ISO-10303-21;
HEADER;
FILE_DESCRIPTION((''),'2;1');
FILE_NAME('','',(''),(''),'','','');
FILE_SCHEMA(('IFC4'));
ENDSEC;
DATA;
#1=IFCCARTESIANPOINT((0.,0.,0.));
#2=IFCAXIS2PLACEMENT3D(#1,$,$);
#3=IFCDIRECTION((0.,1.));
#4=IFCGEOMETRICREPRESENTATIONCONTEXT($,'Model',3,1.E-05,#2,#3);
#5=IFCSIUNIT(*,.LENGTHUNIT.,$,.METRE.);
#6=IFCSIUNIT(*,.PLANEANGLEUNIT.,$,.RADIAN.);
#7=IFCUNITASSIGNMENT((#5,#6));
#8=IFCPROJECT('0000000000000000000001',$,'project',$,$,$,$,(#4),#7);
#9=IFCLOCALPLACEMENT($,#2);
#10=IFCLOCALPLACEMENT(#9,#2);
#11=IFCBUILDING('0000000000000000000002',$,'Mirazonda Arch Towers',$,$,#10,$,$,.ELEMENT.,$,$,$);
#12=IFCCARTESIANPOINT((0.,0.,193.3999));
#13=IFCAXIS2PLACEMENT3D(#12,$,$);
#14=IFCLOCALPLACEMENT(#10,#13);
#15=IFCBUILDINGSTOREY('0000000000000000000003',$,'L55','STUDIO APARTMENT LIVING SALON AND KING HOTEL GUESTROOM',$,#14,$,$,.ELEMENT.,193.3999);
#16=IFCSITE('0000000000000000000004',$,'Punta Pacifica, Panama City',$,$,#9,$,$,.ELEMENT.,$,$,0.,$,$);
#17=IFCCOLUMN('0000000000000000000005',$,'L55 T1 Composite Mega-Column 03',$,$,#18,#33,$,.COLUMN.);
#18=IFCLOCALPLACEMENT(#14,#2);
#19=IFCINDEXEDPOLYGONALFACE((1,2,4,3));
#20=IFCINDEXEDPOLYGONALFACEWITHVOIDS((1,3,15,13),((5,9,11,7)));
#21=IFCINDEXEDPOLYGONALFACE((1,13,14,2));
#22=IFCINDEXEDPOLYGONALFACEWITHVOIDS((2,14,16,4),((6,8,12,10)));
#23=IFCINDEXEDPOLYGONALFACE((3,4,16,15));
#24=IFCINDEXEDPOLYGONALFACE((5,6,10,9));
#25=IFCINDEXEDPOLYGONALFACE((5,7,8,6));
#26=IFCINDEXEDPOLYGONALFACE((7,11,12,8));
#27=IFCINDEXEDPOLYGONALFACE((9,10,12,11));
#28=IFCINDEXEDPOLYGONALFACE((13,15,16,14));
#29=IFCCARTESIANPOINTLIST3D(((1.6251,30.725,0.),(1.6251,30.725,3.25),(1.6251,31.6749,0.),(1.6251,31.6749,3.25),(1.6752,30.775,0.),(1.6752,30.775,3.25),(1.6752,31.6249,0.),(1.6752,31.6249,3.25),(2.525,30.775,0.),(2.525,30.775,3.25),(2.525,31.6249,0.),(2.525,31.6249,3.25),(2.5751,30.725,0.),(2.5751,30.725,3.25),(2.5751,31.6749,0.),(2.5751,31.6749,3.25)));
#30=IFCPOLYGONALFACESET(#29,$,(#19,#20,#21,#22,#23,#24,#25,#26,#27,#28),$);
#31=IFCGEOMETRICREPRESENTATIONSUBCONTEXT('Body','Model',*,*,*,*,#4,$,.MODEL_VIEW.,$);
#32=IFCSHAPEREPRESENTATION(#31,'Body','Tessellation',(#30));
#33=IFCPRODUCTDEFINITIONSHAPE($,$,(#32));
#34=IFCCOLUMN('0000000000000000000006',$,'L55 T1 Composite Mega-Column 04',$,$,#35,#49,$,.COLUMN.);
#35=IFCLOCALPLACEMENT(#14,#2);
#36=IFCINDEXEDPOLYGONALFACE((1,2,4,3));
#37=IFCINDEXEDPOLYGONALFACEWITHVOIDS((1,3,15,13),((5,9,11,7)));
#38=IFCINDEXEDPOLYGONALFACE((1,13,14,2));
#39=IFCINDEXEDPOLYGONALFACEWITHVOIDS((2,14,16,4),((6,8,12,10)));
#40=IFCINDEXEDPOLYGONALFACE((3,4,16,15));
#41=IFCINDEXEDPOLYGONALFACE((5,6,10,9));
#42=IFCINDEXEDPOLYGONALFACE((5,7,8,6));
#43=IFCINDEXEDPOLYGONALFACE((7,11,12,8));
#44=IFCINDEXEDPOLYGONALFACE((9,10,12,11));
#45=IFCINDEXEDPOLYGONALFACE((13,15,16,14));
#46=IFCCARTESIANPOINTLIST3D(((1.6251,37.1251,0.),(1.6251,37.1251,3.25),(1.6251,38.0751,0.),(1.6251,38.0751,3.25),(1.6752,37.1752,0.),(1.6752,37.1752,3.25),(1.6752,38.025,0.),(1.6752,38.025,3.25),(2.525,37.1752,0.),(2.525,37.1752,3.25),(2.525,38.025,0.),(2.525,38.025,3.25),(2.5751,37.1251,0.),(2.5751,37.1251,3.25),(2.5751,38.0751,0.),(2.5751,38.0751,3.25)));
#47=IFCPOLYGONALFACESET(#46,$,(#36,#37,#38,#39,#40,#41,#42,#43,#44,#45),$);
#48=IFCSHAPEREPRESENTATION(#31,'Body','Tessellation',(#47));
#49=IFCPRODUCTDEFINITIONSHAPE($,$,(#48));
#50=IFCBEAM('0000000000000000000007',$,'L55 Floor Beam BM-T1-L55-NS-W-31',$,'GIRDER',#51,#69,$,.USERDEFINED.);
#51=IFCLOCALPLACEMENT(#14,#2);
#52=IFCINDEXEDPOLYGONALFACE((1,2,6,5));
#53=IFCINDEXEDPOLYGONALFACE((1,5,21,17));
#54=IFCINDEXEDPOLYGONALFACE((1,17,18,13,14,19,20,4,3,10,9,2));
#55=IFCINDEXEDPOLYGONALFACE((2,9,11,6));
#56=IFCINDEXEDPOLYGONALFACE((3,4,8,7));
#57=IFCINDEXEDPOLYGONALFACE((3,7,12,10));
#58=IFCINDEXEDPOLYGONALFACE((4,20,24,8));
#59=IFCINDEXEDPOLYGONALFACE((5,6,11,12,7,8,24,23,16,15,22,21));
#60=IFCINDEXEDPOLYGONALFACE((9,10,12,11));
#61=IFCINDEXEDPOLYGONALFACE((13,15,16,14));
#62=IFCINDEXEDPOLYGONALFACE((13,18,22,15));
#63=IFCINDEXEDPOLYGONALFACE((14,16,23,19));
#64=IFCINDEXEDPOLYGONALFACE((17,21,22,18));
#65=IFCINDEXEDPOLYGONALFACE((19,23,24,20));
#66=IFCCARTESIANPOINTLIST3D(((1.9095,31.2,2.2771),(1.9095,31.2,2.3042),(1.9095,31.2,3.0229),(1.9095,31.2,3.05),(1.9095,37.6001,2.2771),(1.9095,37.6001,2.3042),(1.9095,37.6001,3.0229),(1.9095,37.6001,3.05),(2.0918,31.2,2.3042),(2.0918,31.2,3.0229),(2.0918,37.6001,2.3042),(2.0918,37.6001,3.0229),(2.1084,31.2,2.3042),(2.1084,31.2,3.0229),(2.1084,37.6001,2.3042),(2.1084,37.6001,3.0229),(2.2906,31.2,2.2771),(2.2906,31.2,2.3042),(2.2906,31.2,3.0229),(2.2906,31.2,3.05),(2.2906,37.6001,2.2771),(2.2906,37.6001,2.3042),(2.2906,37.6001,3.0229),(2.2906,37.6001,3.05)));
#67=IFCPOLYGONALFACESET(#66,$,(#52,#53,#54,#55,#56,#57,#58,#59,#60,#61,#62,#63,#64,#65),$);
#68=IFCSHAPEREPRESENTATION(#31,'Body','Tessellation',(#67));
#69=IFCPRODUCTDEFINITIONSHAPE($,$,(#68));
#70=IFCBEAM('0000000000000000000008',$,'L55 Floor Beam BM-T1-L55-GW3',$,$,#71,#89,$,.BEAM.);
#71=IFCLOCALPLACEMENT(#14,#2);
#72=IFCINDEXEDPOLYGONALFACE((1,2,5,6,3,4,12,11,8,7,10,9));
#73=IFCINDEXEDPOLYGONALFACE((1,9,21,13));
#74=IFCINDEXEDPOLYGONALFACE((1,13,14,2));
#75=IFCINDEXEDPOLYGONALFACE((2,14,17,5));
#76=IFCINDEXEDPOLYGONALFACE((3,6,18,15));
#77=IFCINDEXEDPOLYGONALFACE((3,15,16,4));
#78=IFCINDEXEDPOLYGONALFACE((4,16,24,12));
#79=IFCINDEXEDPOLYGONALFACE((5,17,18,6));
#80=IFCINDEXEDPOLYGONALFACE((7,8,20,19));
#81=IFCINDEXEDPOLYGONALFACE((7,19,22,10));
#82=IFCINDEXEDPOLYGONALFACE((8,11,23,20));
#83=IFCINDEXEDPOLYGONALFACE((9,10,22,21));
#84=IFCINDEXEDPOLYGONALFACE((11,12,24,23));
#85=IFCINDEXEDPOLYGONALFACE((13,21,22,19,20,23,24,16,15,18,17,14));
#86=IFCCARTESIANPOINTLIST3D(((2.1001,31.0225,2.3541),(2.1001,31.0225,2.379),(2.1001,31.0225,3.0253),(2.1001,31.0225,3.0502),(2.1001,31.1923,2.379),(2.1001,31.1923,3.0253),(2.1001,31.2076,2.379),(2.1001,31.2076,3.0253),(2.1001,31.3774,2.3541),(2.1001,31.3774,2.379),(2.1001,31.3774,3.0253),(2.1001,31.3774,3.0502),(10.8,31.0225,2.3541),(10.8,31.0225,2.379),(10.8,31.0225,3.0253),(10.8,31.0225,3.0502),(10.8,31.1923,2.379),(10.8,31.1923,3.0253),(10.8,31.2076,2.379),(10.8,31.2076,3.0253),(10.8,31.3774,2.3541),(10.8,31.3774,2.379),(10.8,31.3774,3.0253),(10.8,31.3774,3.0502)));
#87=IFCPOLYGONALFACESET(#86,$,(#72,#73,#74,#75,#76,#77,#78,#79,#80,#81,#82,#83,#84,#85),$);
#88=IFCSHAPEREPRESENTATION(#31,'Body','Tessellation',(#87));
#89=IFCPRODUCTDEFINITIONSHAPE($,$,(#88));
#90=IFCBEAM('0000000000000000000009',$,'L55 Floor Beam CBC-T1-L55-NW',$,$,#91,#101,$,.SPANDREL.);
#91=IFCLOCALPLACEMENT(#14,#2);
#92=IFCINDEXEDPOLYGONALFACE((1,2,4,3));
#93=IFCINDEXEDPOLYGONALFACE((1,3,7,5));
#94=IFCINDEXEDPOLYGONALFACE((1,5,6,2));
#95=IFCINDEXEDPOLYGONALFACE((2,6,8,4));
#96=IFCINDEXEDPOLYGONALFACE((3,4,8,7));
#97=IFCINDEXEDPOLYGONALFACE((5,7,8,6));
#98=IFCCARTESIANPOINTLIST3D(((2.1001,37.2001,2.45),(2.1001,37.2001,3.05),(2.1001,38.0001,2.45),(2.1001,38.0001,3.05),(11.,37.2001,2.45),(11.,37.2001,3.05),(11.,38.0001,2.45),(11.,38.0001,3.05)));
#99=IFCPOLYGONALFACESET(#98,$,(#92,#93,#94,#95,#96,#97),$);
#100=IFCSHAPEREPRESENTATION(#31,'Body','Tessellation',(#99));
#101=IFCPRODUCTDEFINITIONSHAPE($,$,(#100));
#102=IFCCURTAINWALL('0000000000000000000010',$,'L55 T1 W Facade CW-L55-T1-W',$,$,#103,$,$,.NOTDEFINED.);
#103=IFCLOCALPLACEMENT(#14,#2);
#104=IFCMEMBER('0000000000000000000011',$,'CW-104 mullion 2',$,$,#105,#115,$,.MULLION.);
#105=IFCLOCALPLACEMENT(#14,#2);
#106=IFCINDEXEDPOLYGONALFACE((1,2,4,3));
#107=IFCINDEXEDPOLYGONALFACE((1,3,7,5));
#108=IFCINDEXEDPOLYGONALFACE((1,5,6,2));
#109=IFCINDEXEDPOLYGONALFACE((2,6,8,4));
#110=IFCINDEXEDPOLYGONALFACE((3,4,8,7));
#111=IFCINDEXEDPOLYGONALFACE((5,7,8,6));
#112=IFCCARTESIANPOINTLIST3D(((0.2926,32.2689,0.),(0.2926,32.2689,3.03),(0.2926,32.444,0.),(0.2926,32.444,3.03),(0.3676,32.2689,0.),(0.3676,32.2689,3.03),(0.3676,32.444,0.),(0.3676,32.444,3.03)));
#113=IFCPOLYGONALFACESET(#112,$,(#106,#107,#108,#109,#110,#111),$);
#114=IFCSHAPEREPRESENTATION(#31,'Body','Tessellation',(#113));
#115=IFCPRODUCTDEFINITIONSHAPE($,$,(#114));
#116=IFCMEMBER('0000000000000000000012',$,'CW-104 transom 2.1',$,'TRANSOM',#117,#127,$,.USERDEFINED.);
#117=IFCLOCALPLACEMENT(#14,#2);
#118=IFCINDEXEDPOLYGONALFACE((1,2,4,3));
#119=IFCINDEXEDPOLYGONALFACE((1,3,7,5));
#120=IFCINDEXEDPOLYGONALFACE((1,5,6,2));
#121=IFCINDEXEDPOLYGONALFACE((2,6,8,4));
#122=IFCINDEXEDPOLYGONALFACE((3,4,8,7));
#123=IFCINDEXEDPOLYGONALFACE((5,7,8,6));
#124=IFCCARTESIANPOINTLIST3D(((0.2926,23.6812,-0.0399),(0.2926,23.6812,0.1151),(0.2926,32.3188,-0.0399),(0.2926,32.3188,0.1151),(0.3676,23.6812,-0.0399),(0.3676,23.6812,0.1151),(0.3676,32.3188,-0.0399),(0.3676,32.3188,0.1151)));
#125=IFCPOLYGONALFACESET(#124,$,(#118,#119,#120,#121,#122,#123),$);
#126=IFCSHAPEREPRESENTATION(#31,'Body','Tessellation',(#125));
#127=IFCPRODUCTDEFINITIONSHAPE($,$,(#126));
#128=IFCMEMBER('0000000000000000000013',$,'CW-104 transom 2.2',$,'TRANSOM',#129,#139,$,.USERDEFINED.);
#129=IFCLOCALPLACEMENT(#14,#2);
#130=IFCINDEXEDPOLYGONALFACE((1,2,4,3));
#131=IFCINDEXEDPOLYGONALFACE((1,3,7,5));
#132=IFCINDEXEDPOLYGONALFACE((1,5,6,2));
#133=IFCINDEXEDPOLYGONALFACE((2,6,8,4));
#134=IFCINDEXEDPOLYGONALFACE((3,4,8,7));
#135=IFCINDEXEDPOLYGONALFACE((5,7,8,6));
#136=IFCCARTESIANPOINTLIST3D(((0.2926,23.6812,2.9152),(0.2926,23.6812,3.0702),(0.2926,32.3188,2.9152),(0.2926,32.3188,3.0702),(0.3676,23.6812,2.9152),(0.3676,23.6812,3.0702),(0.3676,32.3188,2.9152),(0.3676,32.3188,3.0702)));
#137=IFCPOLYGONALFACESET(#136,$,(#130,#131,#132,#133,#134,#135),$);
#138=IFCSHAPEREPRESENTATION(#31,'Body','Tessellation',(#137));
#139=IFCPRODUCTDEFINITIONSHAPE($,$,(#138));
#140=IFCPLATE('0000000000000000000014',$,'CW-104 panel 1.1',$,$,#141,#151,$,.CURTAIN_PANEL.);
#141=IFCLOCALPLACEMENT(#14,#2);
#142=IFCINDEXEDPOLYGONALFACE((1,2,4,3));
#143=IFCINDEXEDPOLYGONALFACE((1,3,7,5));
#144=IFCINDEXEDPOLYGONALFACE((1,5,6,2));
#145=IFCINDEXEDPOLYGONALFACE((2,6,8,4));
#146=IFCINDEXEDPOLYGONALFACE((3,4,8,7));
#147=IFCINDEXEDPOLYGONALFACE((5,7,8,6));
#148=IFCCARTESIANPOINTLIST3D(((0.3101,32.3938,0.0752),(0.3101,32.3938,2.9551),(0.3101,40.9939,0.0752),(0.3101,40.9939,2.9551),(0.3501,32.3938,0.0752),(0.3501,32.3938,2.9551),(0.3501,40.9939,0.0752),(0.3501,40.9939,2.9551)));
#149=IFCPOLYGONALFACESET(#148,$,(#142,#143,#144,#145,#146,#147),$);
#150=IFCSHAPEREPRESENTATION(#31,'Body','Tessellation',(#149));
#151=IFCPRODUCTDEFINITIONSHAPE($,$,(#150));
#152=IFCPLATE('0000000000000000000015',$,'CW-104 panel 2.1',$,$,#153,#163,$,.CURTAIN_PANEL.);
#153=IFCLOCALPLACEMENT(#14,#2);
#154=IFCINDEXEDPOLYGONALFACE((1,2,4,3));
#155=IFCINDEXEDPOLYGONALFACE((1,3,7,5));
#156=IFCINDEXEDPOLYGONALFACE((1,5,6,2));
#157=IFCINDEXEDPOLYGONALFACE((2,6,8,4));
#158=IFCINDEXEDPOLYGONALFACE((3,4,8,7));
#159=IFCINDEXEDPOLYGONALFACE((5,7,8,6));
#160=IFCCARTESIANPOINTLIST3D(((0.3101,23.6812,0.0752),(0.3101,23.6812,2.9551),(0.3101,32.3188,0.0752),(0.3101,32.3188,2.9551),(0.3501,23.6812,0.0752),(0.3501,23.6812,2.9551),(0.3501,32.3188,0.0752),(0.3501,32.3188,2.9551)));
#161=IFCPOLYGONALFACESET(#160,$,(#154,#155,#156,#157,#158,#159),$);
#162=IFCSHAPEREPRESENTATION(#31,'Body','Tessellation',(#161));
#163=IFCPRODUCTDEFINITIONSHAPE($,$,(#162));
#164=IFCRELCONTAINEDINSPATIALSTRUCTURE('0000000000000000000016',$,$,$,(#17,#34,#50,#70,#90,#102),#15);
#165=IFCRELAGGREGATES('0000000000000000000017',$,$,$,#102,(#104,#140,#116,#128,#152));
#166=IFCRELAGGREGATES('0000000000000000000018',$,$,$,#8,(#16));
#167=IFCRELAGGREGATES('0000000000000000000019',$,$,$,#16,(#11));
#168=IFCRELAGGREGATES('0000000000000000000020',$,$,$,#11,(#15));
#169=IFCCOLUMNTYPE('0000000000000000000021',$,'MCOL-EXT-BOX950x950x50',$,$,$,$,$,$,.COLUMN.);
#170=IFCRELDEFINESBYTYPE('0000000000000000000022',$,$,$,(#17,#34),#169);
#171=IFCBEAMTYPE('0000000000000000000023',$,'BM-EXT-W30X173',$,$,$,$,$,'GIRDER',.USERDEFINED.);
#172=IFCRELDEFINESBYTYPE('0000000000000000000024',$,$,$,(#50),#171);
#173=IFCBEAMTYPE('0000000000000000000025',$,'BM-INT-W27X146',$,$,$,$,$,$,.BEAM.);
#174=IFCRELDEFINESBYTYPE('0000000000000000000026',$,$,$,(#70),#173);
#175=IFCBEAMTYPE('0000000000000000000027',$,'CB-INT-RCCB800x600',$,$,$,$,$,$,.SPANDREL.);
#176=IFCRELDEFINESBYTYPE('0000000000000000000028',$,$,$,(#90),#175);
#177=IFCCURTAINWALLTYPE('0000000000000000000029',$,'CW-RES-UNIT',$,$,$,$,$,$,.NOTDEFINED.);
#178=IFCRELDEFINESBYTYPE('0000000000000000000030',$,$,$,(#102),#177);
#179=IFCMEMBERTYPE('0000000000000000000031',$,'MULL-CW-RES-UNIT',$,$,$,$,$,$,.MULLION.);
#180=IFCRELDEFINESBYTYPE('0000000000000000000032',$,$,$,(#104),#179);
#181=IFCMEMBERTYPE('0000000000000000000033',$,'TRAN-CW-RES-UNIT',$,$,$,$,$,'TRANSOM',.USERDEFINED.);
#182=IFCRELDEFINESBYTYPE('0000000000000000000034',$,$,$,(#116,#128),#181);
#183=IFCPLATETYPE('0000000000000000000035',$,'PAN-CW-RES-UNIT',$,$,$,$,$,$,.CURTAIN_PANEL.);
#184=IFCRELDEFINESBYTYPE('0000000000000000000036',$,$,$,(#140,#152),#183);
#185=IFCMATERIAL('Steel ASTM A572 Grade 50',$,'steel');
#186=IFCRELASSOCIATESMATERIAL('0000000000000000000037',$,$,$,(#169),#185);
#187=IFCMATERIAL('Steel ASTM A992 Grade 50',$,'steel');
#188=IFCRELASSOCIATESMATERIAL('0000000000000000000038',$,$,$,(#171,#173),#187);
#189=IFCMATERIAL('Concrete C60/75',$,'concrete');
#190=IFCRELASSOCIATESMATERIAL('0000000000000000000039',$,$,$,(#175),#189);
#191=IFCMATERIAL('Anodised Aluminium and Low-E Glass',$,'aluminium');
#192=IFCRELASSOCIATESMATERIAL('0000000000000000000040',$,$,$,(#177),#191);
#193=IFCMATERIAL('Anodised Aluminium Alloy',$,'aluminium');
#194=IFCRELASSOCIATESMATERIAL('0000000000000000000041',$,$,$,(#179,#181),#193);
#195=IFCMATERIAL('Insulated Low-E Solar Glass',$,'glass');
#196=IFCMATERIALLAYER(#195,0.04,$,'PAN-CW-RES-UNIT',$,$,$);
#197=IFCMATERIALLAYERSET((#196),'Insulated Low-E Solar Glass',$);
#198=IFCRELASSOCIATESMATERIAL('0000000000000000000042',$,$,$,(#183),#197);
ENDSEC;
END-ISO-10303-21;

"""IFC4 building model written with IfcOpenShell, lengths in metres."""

from ifc_helpers import new_model, si_unit, direction, frame, origin, origin_2d, place, context, subcontext, project, spatial, rectangle, hollow_rectangle, i_section, extrude, material, layer, layer_set, material_profile, profile_set, type_object, element, aggregate, save


model = new_model("IFC4")

# Units and contexts
model_context = context("Model", 3, precision=1e-05, world=origin(), true_north=direction((0.0, 1.0)))
body_context = subcontext(model_context, "Body", "Model", "MODEL_VIEW")
ifc_project = project(units=[si_unit("LENGTHUNIT", "METRE"), si_unit("PLANEANGLEUNIT", "RADIAN")], contexts=[model_context])

# Site, building, storey
site_placement = place(None, origin())
site = spatial("IfcSite", under=ifc_project, at=site_placement, Name="Punta Pacifica, Panama City", CompositionType="ELEMENT", RefElevation=0.0)
building_placement = place(site_placement, origin())
building = spatial("IfcBuilding", under=site, at=building_placement, Name="Mirazonda Arch Towers", CompositionType="ELEMENT")
storey_placement = place(building_placement, frame((0.0, 0.0, 193.3999)))
storey = spatial("IfcBuildingStorey", under=building, at=storey_placement, Name="L55", Description="STUDIO APARTMENT LIVING SALON AND KING HOTEL GUESTROOM", CompositionType="ELEMENT", Elevation=193.3999)

# Columns
ifc_material_1 = material(Name="Steel ASTM A572 Grade 50", Category="steel")
ifc_material_profile_1 = material_profile(ifc_material_1, hollow_rectangle(XDim=0.95, YDim=0.95, WallThickness=0.05, at=origin_2d()), Name="BOX950x950x50")
ifc_profile_set_1 = profile_set([ifc_material_profile_1], Name="Steel ASTM A572 Grade 50")
column_type = type_object("IfcColumnType", Name="MCOL-EXT-BOX950x950x50", PredefinedType="COLUMN", material=ifc_profile_set_1)
for number, where, z_axis, x_axis, name in (
    (1, (2.1001, 31.2, 0.0), (0.0, 0.0, 1.0), (1.0, 0.0, 0.0), "L55 T1 Composite Mega-Column 03"),
    (2, (2.1001, 37.6001, 0.0), (0.0, 0.0, 1.0), (1.0, 0.0, 0.0), "L55 T1 Composite Mega-Column 04"),
):
    element("IfcColumn", number, at=place(storey_placement, frame(where, z_axis=z_axis, x_axis=x_axis)), inside=storey, type_object=column_type, Name=name, PredefinedType="COLUMN", context=body_context, shape_type="SweptSolid", body=[
        extrude(hollow_rectangle(XDim=0.95, YDim=0.95, WallThickness=0.05, at=origin_2d()), origin(), (0.0, 0.0, 1.0), 3.25),
    ])

# Beams
ifc_material_2 = material(Name="Steel ASTM A992 Grade 50", Category="steel")
ifc_material_profile_2 = material_profile(ifc_material_2, i_section(OverallWidth=0.3811, OverallDepth=0.7729, WebThickness=0.0166, FlangeThickness=0.0271, at=origin_2d()), Name="W30X173")
ifc_profile_set_2 = profile_set([ifc_material_profile_2], Name="Steel ASTM A992 Grade 50")
beam_type_1 = type_object("IfcBeamType", Name="BM-EXT-W30X173", ElementType="GIRDER", PredefinedType="USERDEFINED", material=ifc_profile_set_2)
beam_1_placement = place(storey_placement, frame((2.1001, 31.2, 2.6636), z_axis=(0.0, 1.0, 0.0), x_axis=(-1.0, 0.0, 0.0)))
element("IfcBeam", 3, at=beam_1_placement, inside=storey, type_object=beam_type_1, Name="L55 Floor Beam BM-T1-L55-NS-W-31", ObjectType="GIRDER", PredefinedType="USERDEFINED", context=body_context, shape_type="SweptSolid", body=[
    extrude(i_section(OverallWidth=0.3811, OverallDepth=0.7729, WebThickness=0.0166, FlangeThickness=0.0271, at=origin_2d()), origin(), (0.0, 0.0, 1.0), 6.4001),
])
ifc_material_profile_3 = material_profile(ifc_material_2, i_section(OverallWidth=0.355, OverallDepth=0.696, WebThickness=0.0154, FlangeThickness=0.0249, at=origin_2d()), Name="W27X146")
ifc_profile_set_3 = profile_set([ifc_material_profile_3], Name="Steel ASTM A992 Grade 50")
beam_type_2 = type_object("IfcBeamType", Name="BM-INT-W27X146", PredefinedType="BEAM", material=ifc_profile_set_3)
beam_2_placement = place(storey_placement, frame((2.1001, 31.2, 2.7021), z_axis=(1.0, 0.0, 0.0), x_axis=(0.0, 1.0, 0.0)))
element("IfcBeam", 4, at=beam_2_placement, inside=storey, type_object=beam_type_2, Name="L55 Floor Beam BM-T1-L55-GW3", PredefinedType="BEAM", context=body_context, shape_type="SweptSolid", body=[
    extrude(i_section(OverallWidth=0.355, OverallDepth=0.696, WebThickness=0.0154, FlangeThickness=0.0249, at=origin_2d()), origin(), (0.0, 0.0, 1.0), 8.7),
])
ifc_material_3 = material(Name="Concrete C60/75", Category="concrete")
ifc_material_profile_4 = material_profile(ifc_material_3, rectangle(XDim=0.8, YDim=0.6001, at=origin_2d()), Name="RCCB800x600")
ifc_profile_set_4 = profile_set([ifc_material_profile_4], Name="Concrete C60/75")
beam_type_3 = type_object("IfcBeamType", Name="CB-INT-RCCB800x600", PredefinedType="SPANDREL", material=ifc_profile_set_4)
beam_3_placement = place(storey_placement, frame((2.1001, 37.6001, 2.75), z_axis=(1.0, 0.0, 0.0), x_axis=(0.0, 1.0, 0.0)))
element("IfcBeam", 5, at=beam_3_placement, inside=storey, type_object=beam_type_3, Name="L55 Floor Beam CBC-T1-L55-NW", PredefinedType="SPANDREL", context=body_context, shape_type="SweptSolid", body=[
    extrude(rectangle(XDim=0.8, YDim=0.6001, at=origin_2d()), origin(), (0.0, 0.0, 1.0), 8.8999),
])

# Curtain wall, members, plates
ifc_material_4 = material(Name="Anodised Aluminium and Low-E Glass", Category="aluminium")
curtain_wall_type = type_object("IfcCurtainWallType", Name="CW-RES-UNIT", PredefinedType="NOTDEFINED", material=ifc_material_4)
curtain_wall_placement = place(storey_placement, origin())
curtain_wall = element("IfcCurtainWall", 6, at=curtain_wall_placement, inside=storey, type_object=curtain_wall_type, Name="L55 T1 W Facade CW-L55-T1-W", PredefinedType="NOTDEFINED")
ifc_material_5 = material(Name="Anodised Aluminium Alloy", Category="aluminium")
ifc_material_profile_5 = material_profile(ifc_material_5, rectangle(XDim=0.075, YDim=0.175, at=origin_2d()), Name="ALU-MULL-75x175")
ifc_profile_set_5 = profile_set([ifc_material_profile_5], Name="Anodised Aluminium Alloy")
member_type_1 = type_object("IfcMemberType", Name="MULL-CW-RES-UNIT", PredefinedType="MULLION", material=ifc_profile_set_5)
member_1_placement = place(storey_placement, frame((0.3301, 32.3564, 0.0), z_axis=(0.0, 0.0, 1.0), x_axis=(1.0, 0.0, 0.0)))
member_1 = element("IfcMember", 7, at=member_1_placement, type_object=member_type_1, Name="CW-104 mullion 2", PredefinedType="MULLION", context=body_context, shape_type="SweptSolid", body=[
    extrude(rectangle(XDim=0.075, YDim=0.175, at=origin_2d()), origin(), (0.0, 0.0, 1.0), 3.03),
])
ifc_material_profile_6 = material_profile(ifc_material_5, rectangle(XDim=0.075, YDim=0.155, at=origin_2d()), Name="ALU-TRAN-75x155")
ifc_profile_set_6 = profile_set([ifc_material_profile_6], Name="Anodised Aluminium Alloy")
member_type_2 = type_object("IfcMemberType", Name="TRAN-CW-RES-UNIT", ElementType="TRANSOM", PredefinedType="USERDEFINED", material=ifc_profile_set_6)
member_2_placement = place(storey_placement, frame((0.3301, 32.3188, 0.0376), z_axis=(0.0, -1.0, 0.0), x_axis=(1.0, 0.0, 0.0)))
member_2 = element("IfcMember", 8, at=member_2_placement, type_object=member_type_2, Name="CW-104 transom 2.1", ObjectType="TRANSOM", PredefinedType="USERDEFINED", context=body_context, shape_type="SweptSolid", body=[
    extrude(rectangle(XDim=0.075, YDim=0.155, at=origin_2d()), origin(), (0.0, 0.0, 1.0), 8.6377),
])
member_3_placement = place(storey_placement, frame((0.3301, 32.3188, 2.9927), z_axis=(0.0, -1.0, 0.0), x_axis=(1.0, 0.0, 0.0)))
member_3 = element("IfcMember", 9, at=member_3_placement, type_object=member_type_2, Name="CW-104 transom 2.2", ObjectType="TRANSOM", PredefinedType="USERDEFINED", context=body_context, shape_type="SweptSolid", body=[
    extrude(rectangle(XDim=0.075, YDim=0.155, at=origin_2d()), origin(), (0.0, 0.0, 1.0), 8.6377),
])
ifc_material_6 = material(Name="Insulated Low-E Solar Glass", Category="glass")
ifc_layer_1 = layer(ifc_material_6, 0.04, Name="PAN-CW-RES-UNIT")
ifc_layer_set_1 = layer_set([ifc_layer_1], Name="Insulated Low-E Solar Glass")
plate_type = type_object("IfcPlateType", Name="PAN-CW-RES-UNIT", PredefinedType="CURTAIN_PANEL", material=ifc_layer_set_1)
plate_1_placement = place(storey_placement, frame((0.3301, 36.6938, 0.0752), z_axis=(0.0, 0.0, 1.0), x_axis=(0.0, -1.0, 0.0)))
plate_1 = element("IfcPlate", 10, at=plate_1_placement, type_object=plate_type, Name="CW-104 panel 1.1", PredefinedType="CURTAIN_PANEL", context=body_context, shape_type="SweptSolid", body=[
    extrude(rectangle(XDim=8.6001, YDim=0.04, at=origin_2d()), origin(), (0.0, 0.0, 1.0), 2.8799),
])
plate_2_placement = place(storey_placement, frame((0.3301, 28.0, 0.0752), z_axis=(0.0, 0.0, 1.0), x_axis=(0.0, -1.0, 0.0)))
plate_2 = element("IfcPlate", 11, at=plate_2_placement, type_object=plate_type, Name="CW-104 panel 2.1", PredefinedType="CURTAIN_PANEL", context=body_context, shape_type="SweptSolid", body=[
    extrude(rectangle(XDim=8.6377, YDim=0.04, at=origin_2d()), origin(), (0.0, 0.0, 1.0), 2.8799),
])
aggregate(curtain_wall, [member_1, plate_1, member_2, member_3, plate_2])

save(model, "model.ifc")
